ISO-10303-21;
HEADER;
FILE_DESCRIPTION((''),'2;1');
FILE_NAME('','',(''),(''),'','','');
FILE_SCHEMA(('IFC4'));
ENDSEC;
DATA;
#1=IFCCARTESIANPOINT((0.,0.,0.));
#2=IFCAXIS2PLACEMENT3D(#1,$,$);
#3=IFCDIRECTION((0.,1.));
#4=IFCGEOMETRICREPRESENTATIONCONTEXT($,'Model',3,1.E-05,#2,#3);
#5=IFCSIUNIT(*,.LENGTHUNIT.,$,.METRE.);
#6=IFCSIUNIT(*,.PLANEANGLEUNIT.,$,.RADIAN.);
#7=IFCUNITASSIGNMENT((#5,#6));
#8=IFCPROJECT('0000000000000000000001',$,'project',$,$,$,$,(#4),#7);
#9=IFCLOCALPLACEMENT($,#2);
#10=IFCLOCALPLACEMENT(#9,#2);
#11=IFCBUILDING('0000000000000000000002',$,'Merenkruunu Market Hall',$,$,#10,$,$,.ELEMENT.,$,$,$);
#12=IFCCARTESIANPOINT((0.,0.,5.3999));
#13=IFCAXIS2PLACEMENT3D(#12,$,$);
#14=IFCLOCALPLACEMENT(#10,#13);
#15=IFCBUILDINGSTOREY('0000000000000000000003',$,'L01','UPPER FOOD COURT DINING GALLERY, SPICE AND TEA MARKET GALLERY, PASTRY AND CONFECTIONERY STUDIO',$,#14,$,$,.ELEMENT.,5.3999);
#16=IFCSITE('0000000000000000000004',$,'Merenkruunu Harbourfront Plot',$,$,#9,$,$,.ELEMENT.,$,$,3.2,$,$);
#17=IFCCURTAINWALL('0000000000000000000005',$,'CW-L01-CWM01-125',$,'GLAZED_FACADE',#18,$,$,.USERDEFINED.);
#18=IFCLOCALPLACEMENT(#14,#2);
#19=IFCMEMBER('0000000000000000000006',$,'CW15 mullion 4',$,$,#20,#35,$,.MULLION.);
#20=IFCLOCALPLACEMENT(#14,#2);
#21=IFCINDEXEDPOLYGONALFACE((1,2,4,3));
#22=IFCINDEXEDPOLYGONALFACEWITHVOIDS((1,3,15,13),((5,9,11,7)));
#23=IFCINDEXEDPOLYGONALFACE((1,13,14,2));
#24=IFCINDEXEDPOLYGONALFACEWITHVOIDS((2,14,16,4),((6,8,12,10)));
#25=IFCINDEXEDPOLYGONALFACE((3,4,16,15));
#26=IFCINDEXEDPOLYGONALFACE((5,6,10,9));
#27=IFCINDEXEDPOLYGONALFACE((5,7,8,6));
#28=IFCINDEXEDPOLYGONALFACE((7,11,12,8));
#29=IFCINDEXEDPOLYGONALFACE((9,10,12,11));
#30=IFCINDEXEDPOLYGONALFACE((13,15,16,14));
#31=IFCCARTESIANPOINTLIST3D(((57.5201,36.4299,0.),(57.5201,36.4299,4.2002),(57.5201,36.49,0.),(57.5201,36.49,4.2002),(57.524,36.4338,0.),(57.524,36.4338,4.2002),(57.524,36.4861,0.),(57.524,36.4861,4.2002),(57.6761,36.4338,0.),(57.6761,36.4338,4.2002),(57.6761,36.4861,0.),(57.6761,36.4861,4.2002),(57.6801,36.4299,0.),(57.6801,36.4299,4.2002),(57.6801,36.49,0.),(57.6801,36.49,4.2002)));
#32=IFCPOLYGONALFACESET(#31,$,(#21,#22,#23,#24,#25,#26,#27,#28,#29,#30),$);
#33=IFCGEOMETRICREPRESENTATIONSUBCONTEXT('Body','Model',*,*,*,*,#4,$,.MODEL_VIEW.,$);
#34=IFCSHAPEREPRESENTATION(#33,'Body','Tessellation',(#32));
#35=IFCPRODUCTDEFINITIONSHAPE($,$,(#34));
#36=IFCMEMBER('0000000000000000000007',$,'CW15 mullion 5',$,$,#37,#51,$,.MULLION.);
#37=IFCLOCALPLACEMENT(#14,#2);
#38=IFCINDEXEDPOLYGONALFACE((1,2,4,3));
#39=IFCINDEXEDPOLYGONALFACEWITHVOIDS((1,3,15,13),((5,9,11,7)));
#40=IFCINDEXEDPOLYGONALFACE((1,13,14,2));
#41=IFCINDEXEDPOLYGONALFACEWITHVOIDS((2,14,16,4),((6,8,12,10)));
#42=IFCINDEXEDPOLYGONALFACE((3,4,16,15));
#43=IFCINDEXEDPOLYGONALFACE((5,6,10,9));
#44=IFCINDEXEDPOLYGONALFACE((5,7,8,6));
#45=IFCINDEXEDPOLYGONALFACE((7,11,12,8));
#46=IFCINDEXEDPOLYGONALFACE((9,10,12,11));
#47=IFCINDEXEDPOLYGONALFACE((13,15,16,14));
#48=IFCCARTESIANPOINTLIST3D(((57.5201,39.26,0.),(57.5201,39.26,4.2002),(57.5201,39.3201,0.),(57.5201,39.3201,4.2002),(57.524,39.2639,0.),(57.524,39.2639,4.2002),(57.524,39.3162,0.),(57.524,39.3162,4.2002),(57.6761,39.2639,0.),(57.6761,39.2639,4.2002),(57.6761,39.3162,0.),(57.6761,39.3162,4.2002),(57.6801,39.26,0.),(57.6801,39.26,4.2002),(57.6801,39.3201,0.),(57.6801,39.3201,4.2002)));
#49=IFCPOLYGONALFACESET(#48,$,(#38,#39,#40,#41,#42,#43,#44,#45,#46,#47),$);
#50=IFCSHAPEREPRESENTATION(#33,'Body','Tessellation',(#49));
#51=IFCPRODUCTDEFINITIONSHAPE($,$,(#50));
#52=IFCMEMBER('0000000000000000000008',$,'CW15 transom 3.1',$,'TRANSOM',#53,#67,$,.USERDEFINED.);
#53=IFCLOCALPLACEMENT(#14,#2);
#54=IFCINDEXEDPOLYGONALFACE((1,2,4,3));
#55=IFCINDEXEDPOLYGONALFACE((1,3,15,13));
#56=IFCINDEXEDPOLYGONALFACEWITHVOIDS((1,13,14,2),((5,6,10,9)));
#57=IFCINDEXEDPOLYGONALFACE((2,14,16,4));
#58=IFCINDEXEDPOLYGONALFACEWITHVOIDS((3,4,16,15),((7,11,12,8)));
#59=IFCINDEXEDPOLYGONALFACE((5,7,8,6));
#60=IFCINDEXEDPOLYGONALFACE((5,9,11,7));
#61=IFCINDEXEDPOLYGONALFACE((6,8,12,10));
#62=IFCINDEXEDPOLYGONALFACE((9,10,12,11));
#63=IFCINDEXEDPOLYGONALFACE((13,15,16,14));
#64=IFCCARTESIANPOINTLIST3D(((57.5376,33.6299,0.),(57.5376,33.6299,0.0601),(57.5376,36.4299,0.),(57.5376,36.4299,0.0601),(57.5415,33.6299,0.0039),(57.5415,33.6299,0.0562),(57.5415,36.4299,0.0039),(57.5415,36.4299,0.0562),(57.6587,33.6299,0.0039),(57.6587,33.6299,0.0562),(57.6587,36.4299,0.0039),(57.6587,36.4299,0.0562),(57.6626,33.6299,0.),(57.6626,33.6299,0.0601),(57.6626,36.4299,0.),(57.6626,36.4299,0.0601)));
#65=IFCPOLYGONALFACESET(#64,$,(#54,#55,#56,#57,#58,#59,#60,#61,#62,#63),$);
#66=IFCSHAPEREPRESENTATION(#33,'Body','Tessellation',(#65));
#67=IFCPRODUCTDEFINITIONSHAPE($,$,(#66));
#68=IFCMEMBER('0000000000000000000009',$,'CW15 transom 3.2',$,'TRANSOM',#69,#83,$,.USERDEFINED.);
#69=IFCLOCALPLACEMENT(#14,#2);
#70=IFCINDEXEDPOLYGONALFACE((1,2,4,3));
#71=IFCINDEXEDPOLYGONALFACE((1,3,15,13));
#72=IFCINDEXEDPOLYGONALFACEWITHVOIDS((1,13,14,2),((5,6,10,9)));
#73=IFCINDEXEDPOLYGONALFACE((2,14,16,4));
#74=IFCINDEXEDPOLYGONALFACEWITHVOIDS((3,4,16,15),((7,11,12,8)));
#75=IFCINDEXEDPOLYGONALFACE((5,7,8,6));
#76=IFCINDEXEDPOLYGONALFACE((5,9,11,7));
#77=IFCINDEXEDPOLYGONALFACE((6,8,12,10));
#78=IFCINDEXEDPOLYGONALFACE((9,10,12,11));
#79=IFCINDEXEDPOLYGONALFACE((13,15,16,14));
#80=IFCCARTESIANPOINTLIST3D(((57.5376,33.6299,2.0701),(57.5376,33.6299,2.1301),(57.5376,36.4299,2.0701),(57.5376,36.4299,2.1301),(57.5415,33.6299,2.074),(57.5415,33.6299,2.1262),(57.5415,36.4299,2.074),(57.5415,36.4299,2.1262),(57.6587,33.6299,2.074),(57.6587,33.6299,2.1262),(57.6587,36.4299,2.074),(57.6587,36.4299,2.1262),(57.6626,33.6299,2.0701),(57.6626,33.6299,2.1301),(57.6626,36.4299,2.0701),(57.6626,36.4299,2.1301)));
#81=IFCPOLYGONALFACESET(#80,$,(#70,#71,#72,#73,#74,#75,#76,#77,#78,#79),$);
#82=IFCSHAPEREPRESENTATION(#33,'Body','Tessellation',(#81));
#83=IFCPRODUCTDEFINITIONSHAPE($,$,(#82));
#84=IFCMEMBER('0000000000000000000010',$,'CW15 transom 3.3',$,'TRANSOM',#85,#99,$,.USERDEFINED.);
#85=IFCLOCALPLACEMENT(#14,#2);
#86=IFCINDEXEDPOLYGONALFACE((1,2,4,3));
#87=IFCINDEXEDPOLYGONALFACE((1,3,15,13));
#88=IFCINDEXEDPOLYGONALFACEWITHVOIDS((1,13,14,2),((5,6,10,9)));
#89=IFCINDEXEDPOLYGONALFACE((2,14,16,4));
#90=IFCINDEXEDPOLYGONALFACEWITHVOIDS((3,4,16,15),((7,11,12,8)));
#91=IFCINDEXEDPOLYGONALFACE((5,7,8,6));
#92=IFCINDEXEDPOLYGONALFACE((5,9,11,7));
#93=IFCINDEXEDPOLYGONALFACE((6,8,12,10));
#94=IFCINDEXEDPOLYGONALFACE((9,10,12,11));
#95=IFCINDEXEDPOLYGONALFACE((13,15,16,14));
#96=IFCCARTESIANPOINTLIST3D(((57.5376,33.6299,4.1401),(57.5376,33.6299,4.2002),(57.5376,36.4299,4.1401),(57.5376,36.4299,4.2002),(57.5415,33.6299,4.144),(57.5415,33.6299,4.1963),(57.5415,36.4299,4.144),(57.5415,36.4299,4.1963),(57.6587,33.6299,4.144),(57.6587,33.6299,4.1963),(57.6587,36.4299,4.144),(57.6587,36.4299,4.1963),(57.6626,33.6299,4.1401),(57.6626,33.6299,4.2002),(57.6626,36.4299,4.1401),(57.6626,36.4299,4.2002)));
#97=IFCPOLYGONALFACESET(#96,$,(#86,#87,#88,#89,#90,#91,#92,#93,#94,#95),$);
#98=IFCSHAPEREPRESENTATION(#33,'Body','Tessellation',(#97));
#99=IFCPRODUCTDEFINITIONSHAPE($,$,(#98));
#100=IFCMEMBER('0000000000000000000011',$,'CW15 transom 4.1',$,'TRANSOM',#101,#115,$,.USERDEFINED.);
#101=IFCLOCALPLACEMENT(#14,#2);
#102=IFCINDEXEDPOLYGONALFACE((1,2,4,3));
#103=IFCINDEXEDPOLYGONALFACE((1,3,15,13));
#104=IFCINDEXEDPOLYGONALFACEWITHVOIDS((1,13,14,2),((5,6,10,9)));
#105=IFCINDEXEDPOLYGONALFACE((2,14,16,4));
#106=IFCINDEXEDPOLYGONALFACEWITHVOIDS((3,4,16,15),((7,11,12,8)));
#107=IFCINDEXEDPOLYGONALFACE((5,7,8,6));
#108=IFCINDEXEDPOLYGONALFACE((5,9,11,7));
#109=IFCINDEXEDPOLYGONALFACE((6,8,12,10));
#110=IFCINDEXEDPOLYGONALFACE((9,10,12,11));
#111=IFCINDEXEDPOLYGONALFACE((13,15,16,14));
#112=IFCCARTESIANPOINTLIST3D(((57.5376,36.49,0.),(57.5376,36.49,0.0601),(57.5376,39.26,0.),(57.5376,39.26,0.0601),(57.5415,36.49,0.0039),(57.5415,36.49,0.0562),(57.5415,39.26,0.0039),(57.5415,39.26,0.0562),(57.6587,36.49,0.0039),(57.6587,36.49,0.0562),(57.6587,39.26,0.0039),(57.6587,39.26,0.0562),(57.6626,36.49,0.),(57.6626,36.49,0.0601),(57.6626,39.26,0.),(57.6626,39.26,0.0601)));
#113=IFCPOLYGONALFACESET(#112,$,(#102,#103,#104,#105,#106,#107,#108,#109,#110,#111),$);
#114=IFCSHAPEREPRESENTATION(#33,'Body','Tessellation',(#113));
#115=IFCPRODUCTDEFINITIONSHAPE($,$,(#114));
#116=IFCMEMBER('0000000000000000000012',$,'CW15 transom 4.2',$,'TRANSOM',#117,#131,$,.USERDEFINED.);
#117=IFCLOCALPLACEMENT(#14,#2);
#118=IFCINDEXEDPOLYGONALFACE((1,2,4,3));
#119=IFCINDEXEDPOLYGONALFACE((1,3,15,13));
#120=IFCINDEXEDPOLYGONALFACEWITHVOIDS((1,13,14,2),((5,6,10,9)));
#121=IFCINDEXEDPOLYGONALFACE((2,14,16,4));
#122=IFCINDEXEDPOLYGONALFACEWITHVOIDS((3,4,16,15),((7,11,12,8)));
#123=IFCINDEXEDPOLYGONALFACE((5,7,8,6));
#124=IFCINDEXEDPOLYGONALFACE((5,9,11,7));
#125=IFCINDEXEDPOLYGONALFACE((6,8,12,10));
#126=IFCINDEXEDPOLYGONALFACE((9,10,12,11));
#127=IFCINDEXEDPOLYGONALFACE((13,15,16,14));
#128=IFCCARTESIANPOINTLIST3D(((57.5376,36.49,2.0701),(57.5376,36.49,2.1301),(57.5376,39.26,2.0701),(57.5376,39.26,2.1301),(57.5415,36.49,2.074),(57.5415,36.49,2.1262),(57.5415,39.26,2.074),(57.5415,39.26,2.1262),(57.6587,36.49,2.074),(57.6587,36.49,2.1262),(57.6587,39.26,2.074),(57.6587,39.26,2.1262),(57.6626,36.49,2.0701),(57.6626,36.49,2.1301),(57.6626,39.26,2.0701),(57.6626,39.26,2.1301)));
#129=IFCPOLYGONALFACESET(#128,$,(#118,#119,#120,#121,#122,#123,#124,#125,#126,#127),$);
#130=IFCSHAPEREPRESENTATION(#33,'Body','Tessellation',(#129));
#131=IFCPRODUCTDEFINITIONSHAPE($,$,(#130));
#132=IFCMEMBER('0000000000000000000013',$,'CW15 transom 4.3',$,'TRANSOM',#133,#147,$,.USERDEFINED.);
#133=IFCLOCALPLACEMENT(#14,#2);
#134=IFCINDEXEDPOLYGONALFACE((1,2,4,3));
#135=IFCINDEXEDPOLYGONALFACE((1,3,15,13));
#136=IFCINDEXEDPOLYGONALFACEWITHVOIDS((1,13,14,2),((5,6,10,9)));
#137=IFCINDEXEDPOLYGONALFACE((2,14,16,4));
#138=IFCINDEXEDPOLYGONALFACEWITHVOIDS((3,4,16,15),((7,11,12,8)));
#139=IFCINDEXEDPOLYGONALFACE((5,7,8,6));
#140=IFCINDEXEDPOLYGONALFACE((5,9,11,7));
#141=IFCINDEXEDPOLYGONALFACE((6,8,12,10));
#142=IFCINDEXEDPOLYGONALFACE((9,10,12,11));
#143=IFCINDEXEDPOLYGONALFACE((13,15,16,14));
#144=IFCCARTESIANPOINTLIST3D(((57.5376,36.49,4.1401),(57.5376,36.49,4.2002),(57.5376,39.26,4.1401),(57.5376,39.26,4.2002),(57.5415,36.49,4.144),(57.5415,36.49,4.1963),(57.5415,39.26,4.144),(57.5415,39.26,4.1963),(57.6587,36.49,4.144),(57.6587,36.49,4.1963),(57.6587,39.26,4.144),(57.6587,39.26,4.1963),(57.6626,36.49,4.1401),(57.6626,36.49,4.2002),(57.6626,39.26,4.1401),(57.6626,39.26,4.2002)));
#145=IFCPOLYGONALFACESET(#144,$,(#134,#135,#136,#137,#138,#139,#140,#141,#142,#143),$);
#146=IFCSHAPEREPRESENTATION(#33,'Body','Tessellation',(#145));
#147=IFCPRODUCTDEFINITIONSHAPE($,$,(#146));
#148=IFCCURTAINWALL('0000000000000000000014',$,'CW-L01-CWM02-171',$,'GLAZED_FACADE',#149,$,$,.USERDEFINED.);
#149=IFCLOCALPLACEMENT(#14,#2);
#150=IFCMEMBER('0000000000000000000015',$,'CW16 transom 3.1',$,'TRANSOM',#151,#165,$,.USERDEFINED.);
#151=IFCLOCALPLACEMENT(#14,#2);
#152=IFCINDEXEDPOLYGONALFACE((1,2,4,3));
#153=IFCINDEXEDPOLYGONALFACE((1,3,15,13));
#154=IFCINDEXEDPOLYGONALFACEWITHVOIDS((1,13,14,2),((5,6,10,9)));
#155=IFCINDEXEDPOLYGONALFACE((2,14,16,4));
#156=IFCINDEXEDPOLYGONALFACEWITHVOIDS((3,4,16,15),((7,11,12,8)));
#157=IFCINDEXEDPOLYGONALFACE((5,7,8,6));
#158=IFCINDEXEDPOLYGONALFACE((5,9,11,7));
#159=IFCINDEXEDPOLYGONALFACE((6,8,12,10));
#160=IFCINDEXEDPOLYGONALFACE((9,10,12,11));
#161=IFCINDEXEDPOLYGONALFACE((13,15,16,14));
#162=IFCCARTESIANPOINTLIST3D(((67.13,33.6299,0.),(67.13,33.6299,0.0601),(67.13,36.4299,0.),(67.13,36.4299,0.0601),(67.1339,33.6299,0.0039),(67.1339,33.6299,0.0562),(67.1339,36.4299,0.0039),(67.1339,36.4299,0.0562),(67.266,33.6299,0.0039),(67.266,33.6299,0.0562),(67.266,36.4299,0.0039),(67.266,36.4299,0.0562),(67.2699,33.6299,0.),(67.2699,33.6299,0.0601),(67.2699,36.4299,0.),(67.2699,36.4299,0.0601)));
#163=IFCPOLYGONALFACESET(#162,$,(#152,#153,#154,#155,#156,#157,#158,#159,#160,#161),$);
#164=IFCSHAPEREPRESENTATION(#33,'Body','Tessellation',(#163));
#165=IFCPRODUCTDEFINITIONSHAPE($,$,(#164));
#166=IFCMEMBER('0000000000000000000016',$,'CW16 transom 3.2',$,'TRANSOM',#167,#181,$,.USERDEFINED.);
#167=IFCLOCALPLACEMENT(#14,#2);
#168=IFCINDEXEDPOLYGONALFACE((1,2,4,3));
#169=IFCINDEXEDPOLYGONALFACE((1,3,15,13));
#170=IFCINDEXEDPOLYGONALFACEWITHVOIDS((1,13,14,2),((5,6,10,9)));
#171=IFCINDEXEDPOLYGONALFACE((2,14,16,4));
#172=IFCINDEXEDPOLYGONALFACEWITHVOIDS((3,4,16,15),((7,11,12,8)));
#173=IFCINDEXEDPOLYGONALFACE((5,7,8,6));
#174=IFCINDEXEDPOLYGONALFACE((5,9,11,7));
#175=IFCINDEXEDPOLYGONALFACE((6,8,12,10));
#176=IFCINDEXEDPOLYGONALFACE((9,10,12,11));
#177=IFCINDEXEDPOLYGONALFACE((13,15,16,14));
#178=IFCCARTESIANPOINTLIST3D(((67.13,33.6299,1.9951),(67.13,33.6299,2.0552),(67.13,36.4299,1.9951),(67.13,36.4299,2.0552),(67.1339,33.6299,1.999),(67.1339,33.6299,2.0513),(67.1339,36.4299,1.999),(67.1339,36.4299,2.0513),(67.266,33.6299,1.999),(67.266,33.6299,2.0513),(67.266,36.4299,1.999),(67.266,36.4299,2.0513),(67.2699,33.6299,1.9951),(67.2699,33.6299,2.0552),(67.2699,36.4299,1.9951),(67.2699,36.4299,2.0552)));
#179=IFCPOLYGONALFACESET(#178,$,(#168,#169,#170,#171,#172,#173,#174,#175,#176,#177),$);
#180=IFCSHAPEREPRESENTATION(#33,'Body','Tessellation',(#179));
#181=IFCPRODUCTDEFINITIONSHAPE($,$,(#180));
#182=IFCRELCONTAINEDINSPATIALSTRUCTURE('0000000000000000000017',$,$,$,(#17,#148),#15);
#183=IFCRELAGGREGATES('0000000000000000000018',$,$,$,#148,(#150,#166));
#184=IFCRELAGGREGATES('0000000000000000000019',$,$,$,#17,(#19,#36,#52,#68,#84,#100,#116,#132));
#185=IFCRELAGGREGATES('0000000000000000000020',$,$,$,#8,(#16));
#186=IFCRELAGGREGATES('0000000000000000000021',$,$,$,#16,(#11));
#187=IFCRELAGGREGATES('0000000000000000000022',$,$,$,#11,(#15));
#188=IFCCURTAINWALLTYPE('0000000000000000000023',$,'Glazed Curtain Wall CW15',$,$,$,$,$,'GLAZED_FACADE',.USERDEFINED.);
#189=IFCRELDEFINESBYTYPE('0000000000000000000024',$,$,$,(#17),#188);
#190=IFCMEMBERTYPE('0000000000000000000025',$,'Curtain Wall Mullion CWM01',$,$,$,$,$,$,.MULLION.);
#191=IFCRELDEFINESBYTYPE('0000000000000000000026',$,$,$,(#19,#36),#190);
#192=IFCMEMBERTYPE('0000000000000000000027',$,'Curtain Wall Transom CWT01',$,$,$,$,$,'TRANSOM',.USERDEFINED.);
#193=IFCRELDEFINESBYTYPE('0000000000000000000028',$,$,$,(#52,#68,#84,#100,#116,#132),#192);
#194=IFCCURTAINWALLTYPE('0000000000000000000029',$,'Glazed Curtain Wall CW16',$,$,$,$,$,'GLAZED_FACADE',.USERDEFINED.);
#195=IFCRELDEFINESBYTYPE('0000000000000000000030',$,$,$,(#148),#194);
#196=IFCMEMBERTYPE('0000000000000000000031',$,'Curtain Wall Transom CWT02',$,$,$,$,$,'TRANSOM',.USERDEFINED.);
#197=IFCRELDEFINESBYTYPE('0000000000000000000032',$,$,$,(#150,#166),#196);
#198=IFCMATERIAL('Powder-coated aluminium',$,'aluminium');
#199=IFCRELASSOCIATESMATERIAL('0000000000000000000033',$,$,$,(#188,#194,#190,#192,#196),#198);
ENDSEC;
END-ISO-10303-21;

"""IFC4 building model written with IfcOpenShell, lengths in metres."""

from ifc_helpers import new_model, si_unit, direction, frame, origin, origin_2d, place, context, subcontext, project, spatial, hollow_rectangle, extrude, material, material_profile, profile_set, type_object, element, aggregate, save


model = new_model("IFC4")

# Units and contexts
model_context = context("Model", 3, precision=1e-05, world=origin(), true_north=direction((0.0, 1.0)))
body_context = subcontext(model_context, "Body", "Model", "MODEL_VIEW")
ifc_project = project(units=[si_unit("LENGTHUNIT", "METRE"), si_unit("PLANEANGLEUNIT", "RADIAN")], contexts=[model_context])

# Site, building, storey
site_placement = place(None, origin())
site = spatial("IfcSite", under=ifc_project, at=site_placement, Name="Merenkruunu Harbourfront Plot", CompositionType="ELEMENT", RefElevation=3.2)
building_placement = place(site_placement, origin())
building = spatial("IfcBuilding", under=site, at=building_placement, Name="Merenkruunu Market Hall", CompositionType="ELEMENT")
storey_placement = place(building_placement, frame((0.0, 0.0, 5.3999)))
storey = spatial("IfcBuildingStorey", under=building, at=storey_placement, Name="L01", Description="UPPER FOOD COURT DINING GALLERY, SPICE AND TEA MARKET GALLERY, PASTRY AND CONFECTIONERY STUDIO", CompositionType="ELEMENT", Elevation=5.3999)

# Curtain walls, members
ifc_material_1 = material(Name="Powder-coated aluminium", Category="aluminium")
curtain_wall_type_1 = type_object("IfcCurtainWallType", Name="Glazed Curtain Wall CW15", ElementType="GLAZED_FACADE", PredefinedType="USERDEFINED", material=ifc_material_1)
curtain_wall_1_placement = place(storey_placement, origin())
curtain_wall_1 = element("IfcCurtainWall", 1, at=curtain_wall_1_placement, inside=storey, type_object=curtain_wall_type_1, Name="CW-L01-CWM01-125", ObjectType="GLAZED_FACADE", PredefinedType="USERDEFINED")
ifc_material_profile_1 = material_profile(ifc_material_1, hollow_rectangle(XDim=0.0601, YDim=0.1599, WallThickness=0.0039, at=origin_2d()), Name="ALU 60x160x4")
ifc_profile_set_1 = profile_set([ifc_material_profile_1], Name="Powder-coated aluminium")
member_type_1 = type_object("IfcMemberType", Name="Curtain Wall Mullion CWM01", PredefinedType="MULLION", material=ifc_profile_set_1)
member_1_placement = place(storey_placement, frame((57.6001, 36.46, 0.0), z_axis=(0.0, 0.0, 1.0), x_axis=(0.0, 1.0, 0.0)))
member_1 = element("IfcMember", 2, at=member_1_placement, type_object=member_type_1, Name="CW15 mullion 4", PredefinedType="MULLION", context=body_context, shape_type="SweptSolid", body=[
    extrude(hollow_rectangle(XDim=0.0601, YDim=0.1599, WallThickness=0.0039, at=origin_2d()), origin(), (0.0, 0.0, 1.0), 4.2002),
])
member_2_placement = place(storey_placement, frame((57.6001, 39.29, 0.0), z_axis=(0.0, 0.0, 1.0), x_axis=(0.0, 1.0, 0.0)))
member_2 = element("IfcMember", 3, at=member_2_placement, type_object=member_type_1, Name="CW15 mullion 5", PredefinedType="MULLION", context=body_context, shape_type="SweptSolid", body=[
    extrude(hollow_rectangle(XDim=0.0601, YDim=0.1599, WallThickness=0.0039, at=origin_2d()), origin(), (0.0, 0.0, 1.0), 4.2002),
])
ifc_material_profile_2 = material_profile(ifc_material_1, hollow_rectangle(XDim=0.0601, YDim=0.125, WallThickness=0.0039, at=origin_2d()), Name="ALU 60x125x4")
ifc_profile_set_2 = profile_set([ifc_material_profile_2], Name="Powder-coated aluminium")
member_type_2 = type_object("IfcMemberType", Name="Curtain Wall Transom CWT01", ElementType="TRANSOM", PredefinedType="USERDEFINED", material=ifc_profile_set_2)
member_3_placement = place(storey_placement, frame((57.6001, 33.6299, 0.03), z_axis=(0.0, 1.0, 0.0), x_axis=(0.0, 0.0, 1.0)))
member_3 = element("IfcMember", 4, at=member_3_placement, type_object=member_type_2, Name="CW15 transom 3.1", ObjectType="TRANSOM", PredefinedType="USERDEFINED", context=body_context, shape_type="SweptSolid", body=[
    extrude(hollow_rectangle(XDim=0.0601, YDim=0.125, WallThickness=0.0039, at=origin_2d()), origin(), (0.0, 0.0, 1.0), 2.8),
])
member_4_placement = place(storey_placement, frame((57.6001, 33.6299, 2.1001), z_axis=(0.0, 1.0, 0.0), x_axis=(0.0, 0.0, 1.0)))
member_4 = element("IfcMember", 5, at=member_4_placement, type_object=member_type_2, Name="CW15 transom 3.2", ObjectType="TRANSOM", PredefinedType="USERDEFINED", context=body_context, shape_type="SweptSolid", body=[
    extrude(hollow_rectangle(XDim=0.0601, YDim=0.125, WallThickness=0.0039, at=origin_2d()), origin(), (0.0, 0.0, 1.0), 2.8),
])
member_5_placement = place(storey_placement, frame((57.6001, 33.6299, 4.1702), z_axis=(0.0, 1.0, 0.0), x_axis=(0.0, 0.0, 1.0)))
member_5 = element("IfcMember", 6, at=member_5_placement, type_object=member_type_2, Name="CW15 transom 3.3", ObjectType="TRANSOM", PredefinedType="USERDEFINED", context=body_context, shape_type="SweptSolid", body=[
    extrude(hollow_rectangle(XDim=0.0601, YDim=0.125, WallThickness=0.0039, at=origin_2d()), origin(), (0.0, 0.0, 1.0), 2.8),
])
member_6_placement = place(storey_placement, frame((57.6001, 36.49, 0.03), z_axis=(0.0, 1.0, 0.0), x_axis=(0.0, 0.0, 1.0)))
member_6 = element("IfcMember", 7, at=member_6_placement, type_object=member_type_2, Name="CW15 transom 4.1", ObjectType="TRANSOM", PredefinedType="USERDEFINED", context=body_context, shape_type="SweptSolid", body=[
    extrude(hollow_rectangle(XDim=0.0601, YDim=0.125, WallThickness=0.0039, at=origin_2d()), origin(), (0.0, 0.0, 1.0), 2.77),
])
member_7_placement = place(storey_placement, frame((57.6001, 36.49, 2.1001), z_axis=(0.0, 1.0, 0.0), x_axis=(0.0, 0.0, 1.0)))
member_7 = element("IfcMember", 8, at=member_7_placement, type_object=member_type_2, Name="CW15 transom 4.2", ObjectType="TRANSOM", PredefinedType="USERDEFINED", context=body_context, shape_type="SweptSolid", body=[
    extrude(hollow_rectangle(XDim=0.0601, YDim=0.125, WallThickness=0.0039, at=origin_2d()), origin(), (0.0, 0.0, 1.0), 2.77),
])
member_8_placement = place(storey_placement, frame((57.6001, 36.49, 4.1702), z_axis=(0.0, 1.0, 0.0), x_axis=(0.0, 0.0, 1.0)))
member_8 = element("IfcMember", 9, at=member_8_placement, type_object=member_type_2, Name="CW15 transom 4.3", ObjectType="TRANSOM", PredefinedType="USERDEFINED", context=body_context, shape_type="SweptSolid", body=[
    extrude(hollow_rectangle(XDim=0.0601, YDim=0.125, WallThickness=0.0039, at=origin_2d()), origin(), (0.0, 0.0, 1.0), 2.77),
])
curtain_wall_type_2 = type_object("IfcCurtainWallType", Name="Glazed Curtain Wall CW16", ElementType="GLAZED_FACADE", PredefinedType="USERDEFINED", material=ifc_material_1)
curtain_wall_2_placement = place(storey_placement, origin())
curtain_wall_2 = element("IfcCurtainWall", 10, at=curtain_wall_2_placement, inside=storey, type_object=curtain_wall_type_2, Name="CW-L01-CWM02-171", ObjectType="GLAZED_FACADE", PredefinedType="USERDEFINED")
ifc_material_profile_3 = material_profile(ifc_material_1, hollow_rectangle(XDim=0.0601, YDim=0.1399, WallThickness=0.0039, at=origin_2d()), Name="ALU 60x140x4")
ifc_profile_set_3 = profile_set([ifc_material_profile_3], Name="Powder-coated aluminium")
member_type_3 = type_object("IfcMemberType", Name="Curtain Wall Transom CWT02", ElementType="TRANSOM", PredefinedType="USERDEFINED", material=ifc_profile_set_3)
member_9_placement = place(storey_placement, frame((67.2, 33.6299, 0.03), z_axis=(0.0, 1.0, 0.0), x_axis=(0.0, 0.0, 1.0)))
member_9 = element("IfcMember", 11, at=member_9_placement, type_object=member_type_3, Name="CW16 transom 3.1", ObjectType="TRANSOM", PredefinedType="USERDEFINED", context=body_context, shape_type="SweptSolid", body=[
    extrude(hollow_rectangle(XDim=0.0601, YDim=0.1399, WallThickness=0.0039, at=origin_2d()), origin(), (0.0, 0.0, 1.0), 2.8),
])
member_10_placement = place(storey_placement, frame((67.2, 33.6299, 2.0251), z_axis=(0.0, 1.0, 0.0), x_axis=(0.0, 0.0, 1.0)))
member_10 = element("IfcMember", 12, at=member_10_placement, type_object=member_type_3, Name="CW16 transom 3.2", ObjectType="TRANSOM", PredefinedType="USERDEFINED", context=body_context, shape_type="SweptSolid", body=[
    extrude(hollow_rectangle(XDim=0.0601, YDim=0.1399, WallThickness=0.0039, at=origin_2d()), origin(), (0.0, 0.0, 1.0), 2.8),
])
aggregate(curtain_wall_2, [member_9, member_10])

aggregate(curtain_wall_1, [member_1, member_2, member_3, member_4, member_5, member_6, member_7, member_8])

save(model, "model.ifc")
